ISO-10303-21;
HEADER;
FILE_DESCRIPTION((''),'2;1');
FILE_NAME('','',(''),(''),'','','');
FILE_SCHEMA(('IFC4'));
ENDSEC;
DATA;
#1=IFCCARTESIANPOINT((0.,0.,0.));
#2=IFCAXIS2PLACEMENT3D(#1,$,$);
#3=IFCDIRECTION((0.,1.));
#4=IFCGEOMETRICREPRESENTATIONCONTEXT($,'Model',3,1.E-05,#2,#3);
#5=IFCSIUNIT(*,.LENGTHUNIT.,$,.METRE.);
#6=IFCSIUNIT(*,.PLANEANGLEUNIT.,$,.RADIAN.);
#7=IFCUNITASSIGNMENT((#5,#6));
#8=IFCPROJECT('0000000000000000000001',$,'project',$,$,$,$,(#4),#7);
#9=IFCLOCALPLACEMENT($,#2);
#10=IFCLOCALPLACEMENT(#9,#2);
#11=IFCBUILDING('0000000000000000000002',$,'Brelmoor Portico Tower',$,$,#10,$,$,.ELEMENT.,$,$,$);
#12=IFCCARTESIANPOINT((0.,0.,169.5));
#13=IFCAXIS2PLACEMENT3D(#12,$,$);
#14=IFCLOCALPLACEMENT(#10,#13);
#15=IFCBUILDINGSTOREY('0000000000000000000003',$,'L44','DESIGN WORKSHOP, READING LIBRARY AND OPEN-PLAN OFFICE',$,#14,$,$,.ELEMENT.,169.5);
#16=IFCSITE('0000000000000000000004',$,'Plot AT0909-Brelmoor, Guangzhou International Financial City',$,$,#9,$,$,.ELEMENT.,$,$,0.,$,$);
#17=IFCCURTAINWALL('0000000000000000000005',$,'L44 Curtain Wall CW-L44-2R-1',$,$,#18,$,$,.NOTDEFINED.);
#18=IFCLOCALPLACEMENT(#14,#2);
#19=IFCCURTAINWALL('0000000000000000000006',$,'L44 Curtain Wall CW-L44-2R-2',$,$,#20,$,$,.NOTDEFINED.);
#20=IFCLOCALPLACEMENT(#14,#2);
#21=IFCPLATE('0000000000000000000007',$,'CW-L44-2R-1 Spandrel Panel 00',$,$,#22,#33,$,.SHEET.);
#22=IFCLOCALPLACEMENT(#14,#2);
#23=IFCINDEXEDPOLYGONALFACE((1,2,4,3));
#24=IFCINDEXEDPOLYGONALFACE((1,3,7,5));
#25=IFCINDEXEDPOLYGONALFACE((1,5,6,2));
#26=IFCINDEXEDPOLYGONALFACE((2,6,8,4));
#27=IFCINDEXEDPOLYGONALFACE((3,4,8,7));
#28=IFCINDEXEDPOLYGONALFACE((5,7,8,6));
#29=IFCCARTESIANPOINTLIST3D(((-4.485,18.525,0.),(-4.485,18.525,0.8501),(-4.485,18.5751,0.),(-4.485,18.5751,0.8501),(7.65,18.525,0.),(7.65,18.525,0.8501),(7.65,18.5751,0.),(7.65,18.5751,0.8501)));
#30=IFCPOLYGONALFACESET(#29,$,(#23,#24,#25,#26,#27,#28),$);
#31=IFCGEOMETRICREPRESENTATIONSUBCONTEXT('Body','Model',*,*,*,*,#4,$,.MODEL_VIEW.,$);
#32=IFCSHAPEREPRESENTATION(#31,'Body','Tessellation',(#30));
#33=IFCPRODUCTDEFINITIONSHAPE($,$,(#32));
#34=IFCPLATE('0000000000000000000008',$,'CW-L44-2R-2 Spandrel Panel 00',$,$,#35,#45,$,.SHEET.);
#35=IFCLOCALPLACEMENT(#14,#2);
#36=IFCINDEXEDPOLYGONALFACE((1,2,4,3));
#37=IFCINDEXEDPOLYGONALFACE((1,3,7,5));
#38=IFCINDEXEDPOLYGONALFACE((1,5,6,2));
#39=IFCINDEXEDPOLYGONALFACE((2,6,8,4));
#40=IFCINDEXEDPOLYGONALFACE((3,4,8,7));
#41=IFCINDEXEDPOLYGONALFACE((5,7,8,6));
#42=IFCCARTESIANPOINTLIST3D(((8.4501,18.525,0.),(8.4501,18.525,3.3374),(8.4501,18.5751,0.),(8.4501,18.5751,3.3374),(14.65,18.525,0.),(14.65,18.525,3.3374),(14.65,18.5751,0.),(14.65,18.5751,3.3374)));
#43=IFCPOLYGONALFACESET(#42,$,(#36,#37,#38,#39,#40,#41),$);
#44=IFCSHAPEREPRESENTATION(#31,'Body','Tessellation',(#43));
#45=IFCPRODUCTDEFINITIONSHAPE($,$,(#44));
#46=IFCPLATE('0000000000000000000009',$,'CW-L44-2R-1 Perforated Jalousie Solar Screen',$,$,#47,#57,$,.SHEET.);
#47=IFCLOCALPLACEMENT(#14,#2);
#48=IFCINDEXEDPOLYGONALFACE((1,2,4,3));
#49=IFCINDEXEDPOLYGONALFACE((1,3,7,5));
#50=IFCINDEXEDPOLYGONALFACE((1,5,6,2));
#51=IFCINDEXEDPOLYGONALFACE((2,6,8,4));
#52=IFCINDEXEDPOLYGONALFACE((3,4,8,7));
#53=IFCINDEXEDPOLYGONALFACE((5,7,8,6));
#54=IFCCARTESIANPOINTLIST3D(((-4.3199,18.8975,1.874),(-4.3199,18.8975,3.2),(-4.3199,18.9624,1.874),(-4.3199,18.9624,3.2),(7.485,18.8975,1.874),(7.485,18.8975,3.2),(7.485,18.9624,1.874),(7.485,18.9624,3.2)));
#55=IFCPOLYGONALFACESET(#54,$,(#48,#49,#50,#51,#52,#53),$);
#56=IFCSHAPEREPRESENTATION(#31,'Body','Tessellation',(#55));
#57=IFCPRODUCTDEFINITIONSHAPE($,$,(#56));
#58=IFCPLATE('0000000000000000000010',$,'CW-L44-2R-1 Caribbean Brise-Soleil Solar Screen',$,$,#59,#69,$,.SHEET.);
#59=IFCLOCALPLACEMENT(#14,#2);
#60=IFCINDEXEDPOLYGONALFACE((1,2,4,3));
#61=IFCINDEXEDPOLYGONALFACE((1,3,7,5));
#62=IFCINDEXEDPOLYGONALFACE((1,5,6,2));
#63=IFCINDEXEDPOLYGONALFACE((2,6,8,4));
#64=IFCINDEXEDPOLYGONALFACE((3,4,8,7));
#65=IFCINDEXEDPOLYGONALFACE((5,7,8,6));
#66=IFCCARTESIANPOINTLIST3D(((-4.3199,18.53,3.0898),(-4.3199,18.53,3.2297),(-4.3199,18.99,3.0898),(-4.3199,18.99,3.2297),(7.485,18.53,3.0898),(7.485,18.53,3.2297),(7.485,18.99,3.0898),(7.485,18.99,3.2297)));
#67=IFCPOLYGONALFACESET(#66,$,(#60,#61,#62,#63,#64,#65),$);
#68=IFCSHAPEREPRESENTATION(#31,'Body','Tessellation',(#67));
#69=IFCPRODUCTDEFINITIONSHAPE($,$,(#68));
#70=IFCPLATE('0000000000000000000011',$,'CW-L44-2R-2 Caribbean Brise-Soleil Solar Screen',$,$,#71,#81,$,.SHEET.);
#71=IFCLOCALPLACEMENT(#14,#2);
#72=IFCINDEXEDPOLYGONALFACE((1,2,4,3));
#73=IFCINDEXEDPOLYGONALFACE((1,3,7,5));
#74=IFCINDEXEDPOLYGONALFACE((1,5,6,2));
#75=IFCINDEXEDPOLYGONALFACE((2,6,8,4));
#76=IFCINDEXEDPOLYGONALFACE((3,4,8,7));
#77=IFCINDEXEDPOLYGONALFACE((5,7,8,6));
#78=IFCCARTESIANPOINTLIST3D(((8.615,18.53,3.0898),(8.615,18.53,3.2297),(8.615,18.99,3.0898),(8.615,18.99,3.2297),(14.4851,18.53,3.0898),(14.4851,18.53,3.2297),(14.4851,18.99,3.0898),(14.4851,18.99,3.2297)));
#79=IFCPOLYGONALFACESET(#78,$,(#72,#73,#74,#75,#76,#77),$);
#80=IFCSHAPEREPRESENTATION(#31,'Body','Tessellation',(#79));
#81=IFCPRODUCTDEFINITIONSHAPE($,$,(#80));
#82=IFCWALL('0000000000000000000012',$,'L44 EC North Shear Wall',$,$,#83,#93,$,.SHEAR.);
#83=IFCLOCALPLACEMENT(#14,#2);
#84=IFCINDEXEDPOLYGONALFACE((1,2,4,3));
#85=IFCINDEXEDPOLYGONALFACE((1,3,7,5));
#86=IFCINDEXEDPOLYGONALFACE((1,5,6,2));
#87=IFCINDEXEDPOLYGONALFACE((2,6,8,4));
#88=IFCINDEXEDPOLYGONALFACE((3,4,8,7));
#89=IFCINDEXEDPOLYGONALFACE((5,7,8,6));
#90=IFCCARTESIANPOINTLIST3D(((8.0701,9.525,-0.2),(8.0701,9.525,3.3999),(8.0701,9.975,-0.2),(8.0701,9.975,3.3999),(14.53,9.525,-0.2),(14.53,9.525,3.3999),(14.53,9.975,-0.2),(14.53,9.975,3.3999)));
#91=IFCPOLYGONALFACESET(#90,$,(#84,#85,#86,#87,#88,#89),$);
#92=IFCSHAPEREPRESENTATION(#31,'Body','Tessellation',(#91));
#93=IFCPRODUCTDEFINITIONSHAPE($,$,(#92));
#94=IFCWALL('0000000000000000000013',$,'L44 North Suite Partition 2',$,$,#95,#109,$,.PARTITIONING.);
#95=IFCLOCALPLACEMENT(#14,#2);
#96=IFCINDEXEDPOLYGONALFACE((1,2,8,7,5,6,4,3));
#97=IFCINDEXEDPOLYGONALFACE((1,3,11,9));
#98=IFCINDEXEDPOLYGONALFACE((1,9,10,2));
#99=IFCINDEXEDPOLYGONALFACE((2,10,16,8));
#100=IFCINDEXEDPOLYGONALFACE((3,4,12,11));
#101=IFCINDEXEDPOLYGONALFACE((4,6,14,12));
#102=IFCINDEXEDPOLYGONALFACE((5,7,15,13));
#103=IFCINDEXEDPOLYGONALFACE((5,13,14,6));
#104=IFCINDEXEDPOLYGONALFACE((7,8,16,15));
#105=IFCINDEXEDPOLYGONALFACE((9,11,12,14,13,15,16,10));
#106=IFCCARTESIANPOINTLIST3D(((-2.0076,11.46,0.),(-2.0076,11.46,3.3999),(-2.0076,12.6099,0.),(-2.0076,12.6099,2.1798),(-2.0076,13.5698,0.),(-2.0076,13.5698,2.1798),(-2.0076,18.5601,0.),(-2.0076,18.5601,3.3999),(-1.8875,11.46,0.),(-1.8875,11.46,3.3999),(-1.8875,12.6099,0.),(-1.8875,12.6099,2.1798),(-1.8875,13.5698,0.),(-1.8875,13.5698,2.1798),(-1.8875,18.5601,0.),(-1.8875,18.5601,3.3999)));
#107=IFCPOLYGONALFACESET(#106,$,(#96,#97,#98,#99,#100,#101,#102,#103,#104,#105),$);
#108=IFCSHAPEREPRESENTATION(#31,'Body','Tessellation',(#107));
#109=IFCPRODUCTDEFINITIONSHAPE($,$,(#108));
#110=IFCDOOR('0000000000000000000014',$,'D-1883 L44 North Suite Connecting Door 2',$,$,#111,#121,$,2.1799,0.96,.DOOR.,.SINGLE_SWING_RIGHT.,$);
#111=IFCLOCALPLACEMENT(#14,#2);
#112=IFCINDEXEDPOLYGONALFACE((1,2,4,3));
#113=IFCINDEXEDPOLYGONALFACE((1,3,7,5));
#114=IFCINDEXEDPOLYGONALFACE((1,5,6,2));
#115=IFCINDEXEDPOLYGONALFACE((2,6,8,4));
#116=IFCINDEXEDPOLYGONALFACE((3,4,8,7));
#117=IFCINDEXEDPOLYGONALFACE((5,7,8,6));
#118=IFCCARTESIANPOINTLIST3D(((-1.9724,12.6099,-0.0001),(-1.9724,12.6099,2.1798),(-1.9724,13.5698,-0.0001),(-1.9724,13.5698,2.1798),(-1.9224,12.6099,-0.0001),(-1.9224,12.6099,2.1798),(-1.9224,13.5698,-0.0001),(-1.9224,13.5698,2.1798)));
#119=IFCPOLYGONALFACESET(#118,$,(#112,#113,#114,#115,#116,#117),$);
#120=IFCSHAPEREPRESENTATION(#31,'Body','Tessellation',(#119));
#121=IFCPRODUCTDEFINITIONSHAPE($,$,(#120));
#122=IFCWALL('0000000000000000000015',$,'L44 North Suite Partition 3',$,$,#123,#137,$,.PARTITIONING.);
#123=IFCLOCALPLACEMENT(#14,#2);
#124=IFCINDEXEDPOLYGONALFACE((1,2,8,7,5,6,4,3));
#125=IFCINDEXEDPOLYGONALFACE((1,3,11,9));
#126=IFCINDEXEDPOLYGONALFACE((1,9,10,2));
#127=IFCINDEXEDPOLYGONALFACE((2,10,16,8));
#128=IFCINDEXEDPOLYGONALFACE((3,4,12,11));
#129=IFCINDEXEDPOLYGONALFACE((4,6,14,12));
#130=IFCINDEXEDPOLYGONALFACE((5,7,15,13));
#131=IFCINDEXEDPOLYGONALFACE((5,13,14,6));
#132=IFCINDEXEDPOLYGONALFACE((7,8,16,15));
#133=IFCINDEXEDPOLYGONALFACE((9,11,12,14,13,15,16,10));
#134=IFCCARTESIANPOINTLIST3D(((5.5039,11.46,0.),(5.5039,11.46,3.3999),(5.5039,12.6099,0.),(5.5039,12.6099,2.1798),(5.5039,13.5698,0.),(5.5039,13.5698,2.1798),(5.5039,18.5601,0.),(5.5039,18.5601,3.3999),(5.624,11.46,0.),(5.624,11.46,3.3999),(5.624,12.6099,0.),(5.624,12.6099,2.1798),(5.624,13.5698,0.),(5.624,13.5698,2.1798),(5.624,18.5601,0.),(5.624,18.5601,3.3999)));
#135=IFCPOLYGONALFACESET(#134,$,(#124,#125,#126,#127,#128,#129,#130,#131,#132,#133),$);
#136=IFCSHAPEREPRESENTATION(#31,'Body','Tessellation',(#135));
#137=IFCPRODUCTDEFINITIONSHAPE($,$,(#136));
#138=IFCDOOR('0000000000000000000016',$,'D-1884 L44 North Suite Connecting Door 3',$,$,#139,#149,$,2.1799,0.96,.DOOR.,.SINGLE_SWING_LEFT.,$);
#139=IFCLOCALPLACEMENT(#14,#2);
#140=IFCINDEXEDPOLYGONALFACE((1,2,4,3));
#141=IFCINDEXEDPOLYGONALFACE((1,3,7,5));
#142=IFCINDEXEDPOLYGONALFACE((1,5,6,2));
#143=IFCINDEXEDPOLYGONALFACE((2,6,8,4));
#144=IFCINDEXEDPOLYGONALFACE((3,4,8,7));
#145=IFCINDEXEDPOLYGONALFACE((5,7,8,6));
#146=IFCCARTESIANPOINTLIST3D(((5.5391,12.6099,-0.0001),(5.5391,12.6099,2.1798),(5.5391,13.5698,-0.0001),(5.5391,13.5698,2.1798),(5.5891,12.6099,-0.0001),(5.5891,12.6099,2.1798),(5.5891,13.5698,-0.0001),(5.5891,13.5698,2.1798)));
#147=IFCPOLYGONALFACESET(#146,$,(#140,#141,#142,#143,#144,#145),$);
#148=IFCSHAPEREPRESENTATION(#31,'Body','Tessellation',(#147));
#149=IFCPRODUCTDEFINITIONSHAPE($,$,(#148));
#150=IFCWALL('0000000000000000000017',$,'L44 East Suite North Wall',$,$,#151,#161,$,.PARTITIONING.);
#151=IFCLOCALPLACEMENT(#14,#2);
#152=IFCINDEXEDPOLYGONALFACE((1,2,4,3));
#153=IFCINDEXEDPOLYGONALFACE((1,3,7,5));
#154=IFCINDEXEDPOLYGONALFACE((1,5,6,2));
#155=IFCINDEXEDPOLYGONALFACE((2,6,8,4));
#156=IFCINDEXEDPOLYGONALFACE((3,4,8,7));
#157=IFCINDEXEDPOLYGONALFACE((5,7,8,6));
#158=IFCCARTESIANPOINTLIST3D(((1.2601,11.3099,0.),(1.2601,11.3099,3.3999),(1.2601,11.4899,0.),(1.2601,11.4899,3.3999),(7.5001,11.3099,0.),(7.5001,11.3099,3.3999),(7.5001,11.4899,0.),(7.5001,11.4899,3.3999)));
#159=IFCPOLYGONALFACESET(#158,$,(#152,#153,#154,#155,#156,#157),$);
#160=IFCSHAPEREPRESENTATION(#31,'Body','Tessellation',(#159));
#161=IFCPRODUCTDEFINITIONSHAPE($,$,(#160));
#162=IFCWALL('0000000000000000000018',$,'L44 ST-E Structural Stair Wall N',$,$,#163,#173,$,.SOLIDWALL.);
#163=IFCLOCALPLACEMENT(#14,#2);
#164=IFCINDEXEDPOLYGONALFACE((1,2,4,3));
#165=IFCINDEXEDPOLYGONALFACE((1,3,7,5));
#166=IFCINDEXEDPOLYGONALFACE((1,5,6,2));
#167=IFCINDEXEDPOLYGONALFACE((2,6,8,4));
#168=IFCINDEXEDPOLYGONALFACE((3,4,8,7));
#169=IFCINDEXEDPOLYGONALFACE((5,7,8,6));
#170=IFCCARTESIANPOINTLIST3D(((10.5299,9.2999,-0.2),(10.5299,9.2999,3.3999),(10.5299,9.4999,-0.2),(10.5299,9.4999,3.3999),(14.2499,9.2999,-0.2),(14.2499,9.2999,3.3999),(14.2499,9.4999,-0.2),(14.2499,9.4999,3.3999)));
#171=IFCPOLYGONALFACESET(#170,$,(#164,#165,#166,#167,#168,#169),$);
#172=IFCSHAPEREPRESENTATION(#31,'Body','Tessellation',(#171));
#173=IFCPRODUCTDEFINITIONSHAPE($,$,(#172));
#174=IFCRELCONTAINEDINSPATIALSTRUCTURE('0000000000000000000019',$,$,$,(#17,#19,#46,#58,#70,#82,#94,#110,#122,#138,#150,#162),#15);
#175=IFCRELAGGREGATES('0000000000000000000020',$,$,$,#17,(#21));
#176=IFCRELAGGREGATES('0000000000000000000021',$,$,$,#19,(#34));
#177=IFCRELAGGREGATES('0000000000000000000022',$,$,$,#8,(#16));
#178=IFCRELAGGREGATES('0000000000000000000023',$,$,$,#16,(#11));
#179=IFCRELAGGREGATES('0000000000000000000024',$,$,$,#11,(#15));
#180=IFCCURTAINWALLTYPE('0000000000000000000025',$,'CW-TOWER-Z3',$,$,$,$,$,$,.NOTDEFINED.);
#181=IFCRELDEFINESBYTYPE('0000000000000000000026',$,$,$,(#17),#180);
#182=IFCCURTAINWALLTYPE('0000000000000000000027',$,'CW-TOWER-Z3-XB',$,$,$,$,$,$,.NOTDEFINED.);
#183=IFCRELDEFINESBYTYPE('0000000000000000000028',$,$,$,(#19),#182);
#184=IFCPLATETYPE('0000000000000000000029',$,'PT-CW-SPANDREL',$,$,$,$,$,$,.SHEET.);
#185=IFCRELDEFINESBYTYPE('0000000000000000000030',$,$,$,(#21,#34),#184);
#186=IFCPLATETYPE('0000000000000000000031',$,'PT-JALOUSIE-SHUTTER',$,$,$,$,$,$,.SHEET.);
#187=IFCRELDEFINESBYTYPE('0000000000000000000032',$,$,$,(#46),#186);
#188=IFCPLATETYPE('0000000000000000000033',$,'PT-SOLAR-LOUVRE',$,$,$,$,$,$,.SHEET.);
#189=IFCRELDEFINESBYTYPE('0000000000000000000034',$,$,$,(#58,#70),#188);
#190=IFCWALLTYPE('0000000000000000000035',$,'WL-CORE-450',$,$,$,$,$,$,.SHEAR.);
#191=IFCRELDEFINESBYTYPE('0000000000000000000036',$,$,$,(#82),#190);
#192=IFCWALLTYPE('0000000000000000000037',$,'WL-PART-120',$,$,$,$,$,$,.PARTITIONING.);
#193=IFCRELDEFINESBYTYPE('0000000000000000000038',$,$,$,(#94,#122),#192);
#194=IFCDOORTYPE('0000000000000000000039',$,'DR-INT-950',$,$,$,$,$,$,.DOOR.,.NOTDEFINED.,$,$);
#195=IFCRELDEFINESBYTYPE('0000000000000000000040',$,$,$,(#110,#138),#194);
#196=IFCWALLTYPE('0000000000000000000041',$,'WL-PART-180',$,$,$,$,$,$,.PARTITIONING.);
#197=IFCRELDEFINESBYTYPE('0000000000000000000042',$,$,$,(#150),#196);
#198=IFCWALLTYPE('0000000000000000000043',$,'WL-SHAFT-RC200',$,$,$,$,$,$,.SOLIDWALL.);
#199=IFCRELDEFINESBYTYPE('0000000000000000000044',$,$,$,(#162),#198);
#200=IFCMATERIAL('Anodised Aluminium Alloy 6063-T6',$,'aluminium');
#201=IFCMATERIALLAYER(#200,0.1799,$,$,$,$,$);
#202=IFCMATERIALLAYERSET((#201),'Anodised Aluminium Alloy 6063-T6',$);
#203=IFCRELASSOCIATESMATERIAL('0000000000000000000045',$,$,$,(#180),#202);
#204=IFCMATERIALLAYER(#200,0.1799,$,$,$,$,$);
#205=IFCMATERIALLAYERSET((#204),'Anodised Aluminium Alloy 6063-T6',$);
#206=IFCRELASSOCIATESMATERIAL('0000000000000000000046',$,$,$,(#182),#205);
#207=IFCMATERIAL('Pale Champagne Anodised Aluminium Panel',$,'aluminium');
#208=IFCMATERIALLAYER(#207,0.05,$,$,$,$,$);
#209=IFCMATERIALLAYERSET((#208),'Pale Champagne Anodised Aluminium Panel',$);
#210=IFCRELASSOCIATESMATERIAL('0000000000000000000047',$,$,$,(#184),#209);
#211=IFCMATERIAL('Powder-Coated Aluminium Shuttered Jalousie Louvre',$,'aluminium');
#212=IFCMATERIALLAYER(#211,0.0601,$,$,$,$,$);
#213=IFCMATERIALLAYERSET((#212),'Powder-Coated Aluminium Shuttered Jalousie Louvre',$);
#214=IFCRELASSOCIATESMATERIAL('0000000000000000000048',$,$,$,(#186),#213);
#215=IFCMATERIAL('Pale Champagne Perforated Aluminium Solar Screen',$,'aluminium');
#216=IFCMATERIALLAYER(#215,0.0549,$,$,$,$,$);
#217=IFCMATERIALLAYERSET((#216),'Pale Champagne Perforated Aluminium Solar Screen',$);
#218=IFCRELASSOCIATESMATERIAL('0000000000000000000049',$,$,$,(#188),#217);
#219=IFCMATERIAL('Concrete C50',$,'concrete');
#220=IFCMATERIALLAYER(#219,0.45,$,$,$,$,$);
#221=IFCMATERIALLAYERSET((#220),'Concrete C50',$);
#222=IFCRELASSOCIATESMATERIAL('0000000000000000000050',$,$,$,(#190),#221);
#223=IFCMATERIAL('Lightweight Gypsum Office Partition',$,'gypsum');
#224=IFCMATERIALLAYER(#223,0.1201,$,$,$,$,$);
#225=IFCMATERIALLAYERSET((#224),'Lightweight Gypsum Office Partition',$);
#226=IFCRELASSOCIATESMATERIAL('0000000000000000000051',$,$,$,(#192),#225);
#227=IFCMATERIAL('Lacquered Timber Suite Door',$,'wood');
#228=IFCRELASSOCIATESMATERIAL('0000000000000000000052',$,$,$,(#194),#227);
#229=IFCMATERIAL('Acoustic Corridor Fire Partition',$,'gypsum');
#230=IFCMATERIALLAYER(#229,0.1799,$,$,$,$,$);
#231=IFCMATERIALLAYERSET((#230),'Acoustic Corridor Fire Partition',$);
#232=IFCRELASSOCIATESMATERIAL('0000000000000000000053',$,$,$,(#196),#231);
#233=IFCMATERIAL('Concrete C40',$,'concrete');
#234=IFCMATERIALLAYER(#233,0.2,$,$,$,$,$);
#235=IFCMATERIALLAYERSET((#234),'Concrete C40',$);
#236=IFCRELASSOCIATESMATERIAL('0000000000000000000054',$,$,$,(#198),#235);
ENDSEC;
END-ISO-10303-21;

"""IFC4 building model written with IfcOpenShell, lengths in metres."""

from ifc_helpers import new_model, si_unit, direction, frame, frame_2d, origin, origin_2d, place, context, subcontext, project, spatial, rectangle, extrude, material, layer, layer_set, type_object, element, fill, aggregate, save


model = new_model("IFC4")

# Units and contexts
model_context = context("Model", 3, precision=1e-05, world=origin(), true_north=direction((0.0, 1.0)))
body_context = subcontext(model_context, "Body", "Model", "MODEL_VIEW")
ifc_project = project(units=[si_unit("LENGTHUNIT", "METRE"), si_unit("PLANEANGLEUNIT", "RADIAN")], contexts=[model_context])

# Site, building, storey
site_placement = place(None, origin())
site = spatial("IfcSite", under=ifc_project, at=site_placement, Name="Plot AT0909-Brelmoor, Guangzhou International Financial City", CompositionType="ELEMENT", RefElevation=0.0)
building_placement = place(site_placement, origin())
building = spatial("IfcBuilding", under=site, at=building_placement, Name="Brelmoor Portico Tower", CompositionType="ELEMENT")
storey_placement = place(building_placement, frame((0.0, 0.0, 169.5)))
storey = spatial("IfcBuildingStorey", under=building, at=storey_placement, Name="L44", Description="DESIGN WORKSHOP, READING LIBRARY AND OPEN-PLAN OFFICE", CompositionType="ELEMENT", Elevation=169.5)

# Curtain wall
ifc_material_1 = material(Name="Anodised Aluminium Alloy 6063-T6", Category="aluminium")
ifc_layer_1 = layer(ifc_material_1, 0.1799)
ifc_layer_set_1 = layer_set([ifc_layer_1], Name="Anodised Aluminium Alloy 6063-T6")
curtain_wall_type_1 = type_object("IfcCurtainWallType", Name="CW-TOWER-Z3", PredefinedType="NOTDEFINED", material=ifc_layer_set_1)
curtain_wall_1_placement = place(storey_placement, origin())
curtain_wall_1 = element("IfcCurtainWall", 1, at=curtain_wall_1_placement, inside=storey, type_object=curtain_wall_type_1, Name="L44 Curtain Wall CW-L44-2R-1", PredefinedType="NOTDEFINED")

# Curtain wall
ifc_layer_2 = layer(ifc_material_1, 0.1799)
ifc_layer_set_2 = layer_set([ifc_layer_2], Name="Anodised Aluminium Alloy 6063-T6")
curtain_wall_type_2 = type_object("IfcCurtainWallType", Name="CW-TOWER-Z3-XB", PredefinedType="NOTDEFINED", material=ifc_layer_set_2)
curtain_wall_2_placement = place(storey_placement, origin())
curtain_wall_2 = element("IfcCurtainWall", 2, at=curtain_wall_2_placement, inside=storey, type_object=curtain_wall_type_2, Name="L44 Curtain Wall CW-L44-2R-2", PredefinedType="NOTDEFINED")

# Plates
ifc_material_2 = material(Name="Pale Champagne Anodised Aluminium Panel", Category="aluminium")
ifc_layer_3 = layer(ifc_material_2, 0.05)
ifc_layer_set_3 = layer_set([ifc_layer_3], Name="Pale Champagne Anodised Aluminium Panel")
plate_type_1 = type_object("IfcPlateType", Name="PT-CW-SPANDREL", PredefinedType="SHEET", material=ifc_layer_set_3)
plate_1_placement = place(storey_placement, frame((1.5825, 18.55, 0.0), z_axis=(0.0, 0.0, 1.0), x_axis=(1.0, 0.0, 0.0)))
plate_1 = element("IfcPlate", 3, at=plate_1_placement, type_object=plate_type_1, Name="CW-L44-2R-1 Spandrel Panel 00", PredefinedType="SHEET", context=body_context, shape_type="SweptSolid", body=[
    extrude(rectangle(XDim=12.135, YDim=0.05, at=origin_2d()), origin(), (0.0, 0.0, 1.0), 0.8501),
])
aggregate(curtain_wall_1, [plate_1])
plate_2_placement = place(storey_placement, frame((11.55, 18.55, 0.0), z_axis=(0.0, 0.0, 1.0), x_axis=(1.0, 0.0, 0.0)))
plate_2 = element("IfcPlate", 4, at=plate_2_placement, type_object=plate_type_1, Name="CW-L44-2R-2 Spandrel Panel 00", PredefinedType="SHEET", context=body_context, shape_type="SweptSolid", body=[
    extrude(rectangle(XDim=6.2, YDim=0.05, at=origin_2d()), origin(), (0.0, 0.0, 1.0), 3.3374),
])
aggregate(curtain_wall_2, [plate_2])

# Plates
ifc_material_3 = material(Name="Powder-Coated Aluminium Shuttered Jalousie Louvre", Category="aluminium")
ifc_layer_4 = layer(ifc_material_3, 0.0601)
ifc_layer_set_4 = layer_set([ifc_layer_4], Name="Powder-Coated Aluminium Shuttered Jalousie Louvre")
plate_type_2 = type_object("IfcPlateType", Name="PT-JALOUSIE-SHUTTER", PredefinedType="SHEET", material=ifc_layer_set_4)
plate_3_placement = place(storey_placement, frame((1.5825, 18.9299, 1.874), z_axis=(0.0, 0.0, 1.0), x_axis=(1.0, 0.0, 0.0)))
element("IfcPlate", 5, at=plate_3_placement, inside=storey, type_object=plate_type_2, Name="CW-L44-2R-1 Perforated Jalousie Solar Screen", PredefinedType="SHEET", context=body_context, shape_type="SweptSolid", body=[
    extrude(rectangle(XDim=11.8049, YDim=0.0649, at=origin_2d()), origin(), (0.0, 0.0, 1.0), 1.3259),
])
ifc_material_4 = material(Name="Pale Champagne Perforated Aluminium Solar Screen", Category="aluminium")
ifc_layer_5 = layer(ifc_material_4, 0.0549)
ifc_layer_set_5 = layer_set([ifc_layer_5], Name="Pale Champagne Perforated Aluminium Solar Screen")
plate_type_3 = type_object("IfcPlateType", Name="PT-SOLAR-LOUVRE", PredefinedType="SHEET", material=ifc_layer_set_5)
plate_4_placement = place(storey_placement, frame((1.5825, 18.76, 3.0898), z_axis=(0.0, 0.0, 1.0), x_axis=(1.0, 0.0, 0.0)))
element("IfcPlate", 6, at=plate_4_placement, inside=storey, type_object=plate_type_3, Name="CW-L44-2R-1 Caribbean Brise-Soleil Solar Screen", PredefinedType="SHEET", context=body_context, shape_type="SweptSolid", body=[
    extrude(rectangle(XDim=11.8049, YDim=0.46, at=origin_2d()), origin(), (0.0, 0.0, 1.0), 0.1399),
])
plate_5_placement = place(storey_placement, frame((11.55, 18.76, 3.0898), z_axis=(0.0, 0.0, 1.0), x_axis=(1.0, 0.0, 0.0)))
element("IfcPlate", 7, at=plate_5_placement, inside=storey, type_object=plate_type_3, Name="CW-L44-2R-2 Caribbean Brise-Soleil Solar Screen", PredefinedType="SHEET", context=body_context, shape_type="SweptSolid", body=[
    extrude(rectangle(XDim=5.8701, YDim=0.46, at=origin_2d()), origin(), (0.0, 0.0, 1.0), 0.1399),
])

# Wall
ifc_material_5 = material(Name="Concrete C50", Category="concrete")
ifc_layer_6 = layer(ifc_material_5, 0.45)
ifc_layer_set_6 = layer_set([ifc_layer_6], Name="Concrete C50")
wall_type_1 = type_object("IfcWallType", Name="WL-CORE-450", PredefinedType="SHEAR", material=ifc_layer_set_6)
wall_1_placement = place(storey_placement, frame((8.0701, 9.75, -0.2), z_axis=(0.0, 0.0, 1.0), x_axis=(1.0, 0.0, 0.0)))
element("IfcWall", 8, at=wall_1_placement, inside=storey, type_object=wall_type_1, Name="L44 EC North Shear Wall", PredefinedType="SHEAR", context=body_context, shape_type="SweptSolid", body=[
    extrude(rectangle(XDim=6.46, YDim=0.45, at=frame_2d((3.23, 0.0))), origin(), (0.0, 0.0, 1.0), 3.5999),
])

# Walls, openings, doors
ifc_material_6 = material(Name="Lightweight Gypsum Office Partition", Category="gypsum")
ifc_layer_7 = layer(ifc_material_6, 0.1201)
ifc_layer_set_7 = layer_set([ifc_layer_7], Name="Lightweight Gypsum Office Partition")
wall_type_2 = type_object("IfcWallType", Name="WL-PART-120", PredefinedType="PARTITIONING", material=ifc_layer_set_7)
wall_2_placement = place(storey_placement, frame((-1.9475, 11.46, 0.0), z_axis=(0.0, 0.0, 1.0), x_axis=(0.0, 1.0, 0.0)))
wall_2 = element("IfcWall", 9, at=wall_2_placement, inside=storey, type_object=wall_type_2, Name="L44 North Suite Partition 2", PredefinedType="PARTITIONING", context=body_context, shape_type="SweptSolid", body=[
    extrude(rectangle(XDim=7.1001, YDim=0.1201, at=frame_2d((3.55, 0.0))), origin(), (0.0, 0.0, 1.0), 3.3999),
])
opening_1_placement = place(wall_2_placement, frame((1.1499, 0.0, 0.0)))
opening_1 = element("IfcOpeningElement", 10, at=opening_1_placement, cuts=wall_2, PredefinedType="OPENING", context=body_context, shape_type="SweptSolid", body=[
    extrude(rectangle(XDim=0.96, YDim=2.1799, at=frame_2d((0.48, 1.0898))), frame((0.0, 0.0701, 0.0), z_axis=(0.0, -1.0, 0.0), x_axis=(1.0, 0.0, 0.0)), (0.0, 0.0, 1.0), 0.1401),
])
ifc_material_7 = material(Name="Lacquered Timber Suite Door", Category="wood")
door_type_1 = type_object("IfcDoorType", Name="DR-INT-950", OperationType="NOTDEFINED", PredefinedType="DOOR", material=ifc_material_7)
door_1_placement = place(opening_1_placement, origin())
door_1 = element("IfcDoor", 11, at=door_1_placement, inside=storey, type_object=door_type_1, Name="D-1883 L44 North Suite Connecting Door 2", OperationType="SINGLE_SWING_RIGHT", OverallHeight=2.1799, OverallWidth=0.96, PredefinedType="DOOR", context=body_context, shape_type="SweptSolid", body=[
    extrude(rectangle(XDim=0.96, YDim=2.1799, at=frame_2d((0.48, 1.0898))), frame((0.0, 0.0249, 0.0), z_axis=(0.0, -1.0, 0.0), x_axis=(1.0, 0.0, 0.0)), (0.0, 0.0, 1.0), 0.05),
])
fill(opening_1, door_1)
wall_3_placement = place(storey_placement, frame((5.564, 11.46, 0.0), z_axis=(0.0, 0.0, 1.0), x_axis=(0.0, 1.0, 0.0)))
wall_3 = element("IfcWall", 12, at=wall_3_placement, inside=storey, type_object=wall_type_2, Name="L44 North Suite Partition 3", PredefinedType="PARTITIONING", context=body_context, shape_type="SweptSolid", body=[
    extrude(rectangle(XDim=7.1001, YDim=0.1201, at=frame_2d((3.55, 0.0))), origin(), (0.0, 0.0, 1.0), 3.3999),
])
opening_2_placement = place(wall_3_placement, frame((1.1499, 0.0, 0.0)))
opening_2 = element("IfcOpeningElement", 13, at=opening_2_placement, cuts=wall_3, PredefinedType="OPENING", context=body_context, shape_type="SweptSolid", body=[
    extrude(rectangle(XDim=0.96, YDim=2.1799, at=frame_2d((0.48, 1.0898))), frame((0.0, 0.0701, 0.0), z_axis=(0.0, -1.0, 0.0), x_axis=(1.0, 0.0, 0.0)), (0.0, 0.0, 1.0), 0.1401),
])
door_2_placement = place(opening_2_placement, origin())
door_2 = element("IfcDoor", 14, at=door_2_placement, inside=storey, type_object=door_type_1, Name="D-1884 L44 North Suite Connecting Door 3", OperationType="SINGLE_SWING_LEFT", OverallHeight=2.1799, OverallWidth=0.96, PredefinedType="DOOR", context=body_context, shape_type="SweptSolid", body=[
    extrude(rectangle(XDim=0.96, YDim=2.1799, at=frame_2d((0.48, 1.0898))), frame((0.0, 0.0249, 0.0), z_axis=(0.0, -1.0, 0.0), x_axis=(1.0, 0.0, 0.0)), (0.0, 0.0, 1.0), 0.05),
])
fill(opening_2, door_2)

# Wall
ifc_material_8 = material(Name="Acoustic Corridor Fire Partition", Category="gypsum")
ifc_layer_8 = layer(ifc_material_8, 0.1799)
ifc_layer_set_8 = layer_set([ifc_layer_8], Name="Acoustic Corridor Fire Partition")
wall_type_3 = type_object("IfcWallType", Name="WL-PART-180", PredefinedType="PARTITIONING", material=ifc_layer_set_8)
wall_4_placement = place(storey_placement, frame((1.26, 11.3999, 0.0), z_axis=(0.0, 0.0, 1.0), x_axis=(1.0, 0.0, 0.0)))
element("IfcWall", 15, at=wall_4_placement, inside=storey, type_object=wall_type_3, Name="L44 East Suite North Wall", PredefinedType="PARTITIONING", context=body_context, shape_type="SweptSolid", body=[
    extrude(rectangle(XDim=6.24, YDim=0.1799, at=frame_2d((3.1201, 0.0))), origin(), (0.0, 0.0, 1.0), 3.3999),
])

# Wall
ifc_material_9 = material(Name="Concrete C40", Category="concrete")
ifc_layer_9 = layer(ifc_material_9, 0.2)
ifc_layer_set_9 = layer_set([ifc_layer_9], Name="Concrete C40")
wall_type_4 = type_object("IfcWallType", Name="WL-SHAFT-RC200", PredefinedType="SOLIDWALL", material=ifc_layer_set_9)
wall_5_placement = place(storey_placement, frame((10.53, 9.3999, -0.2), z_axis=(0.0, 0.0, 1.0), x_axis=(1.0, 0.0, 0.0)))
element("IfcWall", 16, at=wall_5_placement, inside=storey, type_object=wall_type_4, Name="L44 ST-E Structural Stair Wall N", PredefinedType="SOLIDWALL", context=body_context, shape_type="SweptSolid", body=[
    extrude(rectangle(XDim=3.72, YDim=0.2, at=frame_2d((1.8599, 0.0))), origin(), (0.0, 0.0, 1.0), 3.5999),
])

save(model, "model.ifc")
